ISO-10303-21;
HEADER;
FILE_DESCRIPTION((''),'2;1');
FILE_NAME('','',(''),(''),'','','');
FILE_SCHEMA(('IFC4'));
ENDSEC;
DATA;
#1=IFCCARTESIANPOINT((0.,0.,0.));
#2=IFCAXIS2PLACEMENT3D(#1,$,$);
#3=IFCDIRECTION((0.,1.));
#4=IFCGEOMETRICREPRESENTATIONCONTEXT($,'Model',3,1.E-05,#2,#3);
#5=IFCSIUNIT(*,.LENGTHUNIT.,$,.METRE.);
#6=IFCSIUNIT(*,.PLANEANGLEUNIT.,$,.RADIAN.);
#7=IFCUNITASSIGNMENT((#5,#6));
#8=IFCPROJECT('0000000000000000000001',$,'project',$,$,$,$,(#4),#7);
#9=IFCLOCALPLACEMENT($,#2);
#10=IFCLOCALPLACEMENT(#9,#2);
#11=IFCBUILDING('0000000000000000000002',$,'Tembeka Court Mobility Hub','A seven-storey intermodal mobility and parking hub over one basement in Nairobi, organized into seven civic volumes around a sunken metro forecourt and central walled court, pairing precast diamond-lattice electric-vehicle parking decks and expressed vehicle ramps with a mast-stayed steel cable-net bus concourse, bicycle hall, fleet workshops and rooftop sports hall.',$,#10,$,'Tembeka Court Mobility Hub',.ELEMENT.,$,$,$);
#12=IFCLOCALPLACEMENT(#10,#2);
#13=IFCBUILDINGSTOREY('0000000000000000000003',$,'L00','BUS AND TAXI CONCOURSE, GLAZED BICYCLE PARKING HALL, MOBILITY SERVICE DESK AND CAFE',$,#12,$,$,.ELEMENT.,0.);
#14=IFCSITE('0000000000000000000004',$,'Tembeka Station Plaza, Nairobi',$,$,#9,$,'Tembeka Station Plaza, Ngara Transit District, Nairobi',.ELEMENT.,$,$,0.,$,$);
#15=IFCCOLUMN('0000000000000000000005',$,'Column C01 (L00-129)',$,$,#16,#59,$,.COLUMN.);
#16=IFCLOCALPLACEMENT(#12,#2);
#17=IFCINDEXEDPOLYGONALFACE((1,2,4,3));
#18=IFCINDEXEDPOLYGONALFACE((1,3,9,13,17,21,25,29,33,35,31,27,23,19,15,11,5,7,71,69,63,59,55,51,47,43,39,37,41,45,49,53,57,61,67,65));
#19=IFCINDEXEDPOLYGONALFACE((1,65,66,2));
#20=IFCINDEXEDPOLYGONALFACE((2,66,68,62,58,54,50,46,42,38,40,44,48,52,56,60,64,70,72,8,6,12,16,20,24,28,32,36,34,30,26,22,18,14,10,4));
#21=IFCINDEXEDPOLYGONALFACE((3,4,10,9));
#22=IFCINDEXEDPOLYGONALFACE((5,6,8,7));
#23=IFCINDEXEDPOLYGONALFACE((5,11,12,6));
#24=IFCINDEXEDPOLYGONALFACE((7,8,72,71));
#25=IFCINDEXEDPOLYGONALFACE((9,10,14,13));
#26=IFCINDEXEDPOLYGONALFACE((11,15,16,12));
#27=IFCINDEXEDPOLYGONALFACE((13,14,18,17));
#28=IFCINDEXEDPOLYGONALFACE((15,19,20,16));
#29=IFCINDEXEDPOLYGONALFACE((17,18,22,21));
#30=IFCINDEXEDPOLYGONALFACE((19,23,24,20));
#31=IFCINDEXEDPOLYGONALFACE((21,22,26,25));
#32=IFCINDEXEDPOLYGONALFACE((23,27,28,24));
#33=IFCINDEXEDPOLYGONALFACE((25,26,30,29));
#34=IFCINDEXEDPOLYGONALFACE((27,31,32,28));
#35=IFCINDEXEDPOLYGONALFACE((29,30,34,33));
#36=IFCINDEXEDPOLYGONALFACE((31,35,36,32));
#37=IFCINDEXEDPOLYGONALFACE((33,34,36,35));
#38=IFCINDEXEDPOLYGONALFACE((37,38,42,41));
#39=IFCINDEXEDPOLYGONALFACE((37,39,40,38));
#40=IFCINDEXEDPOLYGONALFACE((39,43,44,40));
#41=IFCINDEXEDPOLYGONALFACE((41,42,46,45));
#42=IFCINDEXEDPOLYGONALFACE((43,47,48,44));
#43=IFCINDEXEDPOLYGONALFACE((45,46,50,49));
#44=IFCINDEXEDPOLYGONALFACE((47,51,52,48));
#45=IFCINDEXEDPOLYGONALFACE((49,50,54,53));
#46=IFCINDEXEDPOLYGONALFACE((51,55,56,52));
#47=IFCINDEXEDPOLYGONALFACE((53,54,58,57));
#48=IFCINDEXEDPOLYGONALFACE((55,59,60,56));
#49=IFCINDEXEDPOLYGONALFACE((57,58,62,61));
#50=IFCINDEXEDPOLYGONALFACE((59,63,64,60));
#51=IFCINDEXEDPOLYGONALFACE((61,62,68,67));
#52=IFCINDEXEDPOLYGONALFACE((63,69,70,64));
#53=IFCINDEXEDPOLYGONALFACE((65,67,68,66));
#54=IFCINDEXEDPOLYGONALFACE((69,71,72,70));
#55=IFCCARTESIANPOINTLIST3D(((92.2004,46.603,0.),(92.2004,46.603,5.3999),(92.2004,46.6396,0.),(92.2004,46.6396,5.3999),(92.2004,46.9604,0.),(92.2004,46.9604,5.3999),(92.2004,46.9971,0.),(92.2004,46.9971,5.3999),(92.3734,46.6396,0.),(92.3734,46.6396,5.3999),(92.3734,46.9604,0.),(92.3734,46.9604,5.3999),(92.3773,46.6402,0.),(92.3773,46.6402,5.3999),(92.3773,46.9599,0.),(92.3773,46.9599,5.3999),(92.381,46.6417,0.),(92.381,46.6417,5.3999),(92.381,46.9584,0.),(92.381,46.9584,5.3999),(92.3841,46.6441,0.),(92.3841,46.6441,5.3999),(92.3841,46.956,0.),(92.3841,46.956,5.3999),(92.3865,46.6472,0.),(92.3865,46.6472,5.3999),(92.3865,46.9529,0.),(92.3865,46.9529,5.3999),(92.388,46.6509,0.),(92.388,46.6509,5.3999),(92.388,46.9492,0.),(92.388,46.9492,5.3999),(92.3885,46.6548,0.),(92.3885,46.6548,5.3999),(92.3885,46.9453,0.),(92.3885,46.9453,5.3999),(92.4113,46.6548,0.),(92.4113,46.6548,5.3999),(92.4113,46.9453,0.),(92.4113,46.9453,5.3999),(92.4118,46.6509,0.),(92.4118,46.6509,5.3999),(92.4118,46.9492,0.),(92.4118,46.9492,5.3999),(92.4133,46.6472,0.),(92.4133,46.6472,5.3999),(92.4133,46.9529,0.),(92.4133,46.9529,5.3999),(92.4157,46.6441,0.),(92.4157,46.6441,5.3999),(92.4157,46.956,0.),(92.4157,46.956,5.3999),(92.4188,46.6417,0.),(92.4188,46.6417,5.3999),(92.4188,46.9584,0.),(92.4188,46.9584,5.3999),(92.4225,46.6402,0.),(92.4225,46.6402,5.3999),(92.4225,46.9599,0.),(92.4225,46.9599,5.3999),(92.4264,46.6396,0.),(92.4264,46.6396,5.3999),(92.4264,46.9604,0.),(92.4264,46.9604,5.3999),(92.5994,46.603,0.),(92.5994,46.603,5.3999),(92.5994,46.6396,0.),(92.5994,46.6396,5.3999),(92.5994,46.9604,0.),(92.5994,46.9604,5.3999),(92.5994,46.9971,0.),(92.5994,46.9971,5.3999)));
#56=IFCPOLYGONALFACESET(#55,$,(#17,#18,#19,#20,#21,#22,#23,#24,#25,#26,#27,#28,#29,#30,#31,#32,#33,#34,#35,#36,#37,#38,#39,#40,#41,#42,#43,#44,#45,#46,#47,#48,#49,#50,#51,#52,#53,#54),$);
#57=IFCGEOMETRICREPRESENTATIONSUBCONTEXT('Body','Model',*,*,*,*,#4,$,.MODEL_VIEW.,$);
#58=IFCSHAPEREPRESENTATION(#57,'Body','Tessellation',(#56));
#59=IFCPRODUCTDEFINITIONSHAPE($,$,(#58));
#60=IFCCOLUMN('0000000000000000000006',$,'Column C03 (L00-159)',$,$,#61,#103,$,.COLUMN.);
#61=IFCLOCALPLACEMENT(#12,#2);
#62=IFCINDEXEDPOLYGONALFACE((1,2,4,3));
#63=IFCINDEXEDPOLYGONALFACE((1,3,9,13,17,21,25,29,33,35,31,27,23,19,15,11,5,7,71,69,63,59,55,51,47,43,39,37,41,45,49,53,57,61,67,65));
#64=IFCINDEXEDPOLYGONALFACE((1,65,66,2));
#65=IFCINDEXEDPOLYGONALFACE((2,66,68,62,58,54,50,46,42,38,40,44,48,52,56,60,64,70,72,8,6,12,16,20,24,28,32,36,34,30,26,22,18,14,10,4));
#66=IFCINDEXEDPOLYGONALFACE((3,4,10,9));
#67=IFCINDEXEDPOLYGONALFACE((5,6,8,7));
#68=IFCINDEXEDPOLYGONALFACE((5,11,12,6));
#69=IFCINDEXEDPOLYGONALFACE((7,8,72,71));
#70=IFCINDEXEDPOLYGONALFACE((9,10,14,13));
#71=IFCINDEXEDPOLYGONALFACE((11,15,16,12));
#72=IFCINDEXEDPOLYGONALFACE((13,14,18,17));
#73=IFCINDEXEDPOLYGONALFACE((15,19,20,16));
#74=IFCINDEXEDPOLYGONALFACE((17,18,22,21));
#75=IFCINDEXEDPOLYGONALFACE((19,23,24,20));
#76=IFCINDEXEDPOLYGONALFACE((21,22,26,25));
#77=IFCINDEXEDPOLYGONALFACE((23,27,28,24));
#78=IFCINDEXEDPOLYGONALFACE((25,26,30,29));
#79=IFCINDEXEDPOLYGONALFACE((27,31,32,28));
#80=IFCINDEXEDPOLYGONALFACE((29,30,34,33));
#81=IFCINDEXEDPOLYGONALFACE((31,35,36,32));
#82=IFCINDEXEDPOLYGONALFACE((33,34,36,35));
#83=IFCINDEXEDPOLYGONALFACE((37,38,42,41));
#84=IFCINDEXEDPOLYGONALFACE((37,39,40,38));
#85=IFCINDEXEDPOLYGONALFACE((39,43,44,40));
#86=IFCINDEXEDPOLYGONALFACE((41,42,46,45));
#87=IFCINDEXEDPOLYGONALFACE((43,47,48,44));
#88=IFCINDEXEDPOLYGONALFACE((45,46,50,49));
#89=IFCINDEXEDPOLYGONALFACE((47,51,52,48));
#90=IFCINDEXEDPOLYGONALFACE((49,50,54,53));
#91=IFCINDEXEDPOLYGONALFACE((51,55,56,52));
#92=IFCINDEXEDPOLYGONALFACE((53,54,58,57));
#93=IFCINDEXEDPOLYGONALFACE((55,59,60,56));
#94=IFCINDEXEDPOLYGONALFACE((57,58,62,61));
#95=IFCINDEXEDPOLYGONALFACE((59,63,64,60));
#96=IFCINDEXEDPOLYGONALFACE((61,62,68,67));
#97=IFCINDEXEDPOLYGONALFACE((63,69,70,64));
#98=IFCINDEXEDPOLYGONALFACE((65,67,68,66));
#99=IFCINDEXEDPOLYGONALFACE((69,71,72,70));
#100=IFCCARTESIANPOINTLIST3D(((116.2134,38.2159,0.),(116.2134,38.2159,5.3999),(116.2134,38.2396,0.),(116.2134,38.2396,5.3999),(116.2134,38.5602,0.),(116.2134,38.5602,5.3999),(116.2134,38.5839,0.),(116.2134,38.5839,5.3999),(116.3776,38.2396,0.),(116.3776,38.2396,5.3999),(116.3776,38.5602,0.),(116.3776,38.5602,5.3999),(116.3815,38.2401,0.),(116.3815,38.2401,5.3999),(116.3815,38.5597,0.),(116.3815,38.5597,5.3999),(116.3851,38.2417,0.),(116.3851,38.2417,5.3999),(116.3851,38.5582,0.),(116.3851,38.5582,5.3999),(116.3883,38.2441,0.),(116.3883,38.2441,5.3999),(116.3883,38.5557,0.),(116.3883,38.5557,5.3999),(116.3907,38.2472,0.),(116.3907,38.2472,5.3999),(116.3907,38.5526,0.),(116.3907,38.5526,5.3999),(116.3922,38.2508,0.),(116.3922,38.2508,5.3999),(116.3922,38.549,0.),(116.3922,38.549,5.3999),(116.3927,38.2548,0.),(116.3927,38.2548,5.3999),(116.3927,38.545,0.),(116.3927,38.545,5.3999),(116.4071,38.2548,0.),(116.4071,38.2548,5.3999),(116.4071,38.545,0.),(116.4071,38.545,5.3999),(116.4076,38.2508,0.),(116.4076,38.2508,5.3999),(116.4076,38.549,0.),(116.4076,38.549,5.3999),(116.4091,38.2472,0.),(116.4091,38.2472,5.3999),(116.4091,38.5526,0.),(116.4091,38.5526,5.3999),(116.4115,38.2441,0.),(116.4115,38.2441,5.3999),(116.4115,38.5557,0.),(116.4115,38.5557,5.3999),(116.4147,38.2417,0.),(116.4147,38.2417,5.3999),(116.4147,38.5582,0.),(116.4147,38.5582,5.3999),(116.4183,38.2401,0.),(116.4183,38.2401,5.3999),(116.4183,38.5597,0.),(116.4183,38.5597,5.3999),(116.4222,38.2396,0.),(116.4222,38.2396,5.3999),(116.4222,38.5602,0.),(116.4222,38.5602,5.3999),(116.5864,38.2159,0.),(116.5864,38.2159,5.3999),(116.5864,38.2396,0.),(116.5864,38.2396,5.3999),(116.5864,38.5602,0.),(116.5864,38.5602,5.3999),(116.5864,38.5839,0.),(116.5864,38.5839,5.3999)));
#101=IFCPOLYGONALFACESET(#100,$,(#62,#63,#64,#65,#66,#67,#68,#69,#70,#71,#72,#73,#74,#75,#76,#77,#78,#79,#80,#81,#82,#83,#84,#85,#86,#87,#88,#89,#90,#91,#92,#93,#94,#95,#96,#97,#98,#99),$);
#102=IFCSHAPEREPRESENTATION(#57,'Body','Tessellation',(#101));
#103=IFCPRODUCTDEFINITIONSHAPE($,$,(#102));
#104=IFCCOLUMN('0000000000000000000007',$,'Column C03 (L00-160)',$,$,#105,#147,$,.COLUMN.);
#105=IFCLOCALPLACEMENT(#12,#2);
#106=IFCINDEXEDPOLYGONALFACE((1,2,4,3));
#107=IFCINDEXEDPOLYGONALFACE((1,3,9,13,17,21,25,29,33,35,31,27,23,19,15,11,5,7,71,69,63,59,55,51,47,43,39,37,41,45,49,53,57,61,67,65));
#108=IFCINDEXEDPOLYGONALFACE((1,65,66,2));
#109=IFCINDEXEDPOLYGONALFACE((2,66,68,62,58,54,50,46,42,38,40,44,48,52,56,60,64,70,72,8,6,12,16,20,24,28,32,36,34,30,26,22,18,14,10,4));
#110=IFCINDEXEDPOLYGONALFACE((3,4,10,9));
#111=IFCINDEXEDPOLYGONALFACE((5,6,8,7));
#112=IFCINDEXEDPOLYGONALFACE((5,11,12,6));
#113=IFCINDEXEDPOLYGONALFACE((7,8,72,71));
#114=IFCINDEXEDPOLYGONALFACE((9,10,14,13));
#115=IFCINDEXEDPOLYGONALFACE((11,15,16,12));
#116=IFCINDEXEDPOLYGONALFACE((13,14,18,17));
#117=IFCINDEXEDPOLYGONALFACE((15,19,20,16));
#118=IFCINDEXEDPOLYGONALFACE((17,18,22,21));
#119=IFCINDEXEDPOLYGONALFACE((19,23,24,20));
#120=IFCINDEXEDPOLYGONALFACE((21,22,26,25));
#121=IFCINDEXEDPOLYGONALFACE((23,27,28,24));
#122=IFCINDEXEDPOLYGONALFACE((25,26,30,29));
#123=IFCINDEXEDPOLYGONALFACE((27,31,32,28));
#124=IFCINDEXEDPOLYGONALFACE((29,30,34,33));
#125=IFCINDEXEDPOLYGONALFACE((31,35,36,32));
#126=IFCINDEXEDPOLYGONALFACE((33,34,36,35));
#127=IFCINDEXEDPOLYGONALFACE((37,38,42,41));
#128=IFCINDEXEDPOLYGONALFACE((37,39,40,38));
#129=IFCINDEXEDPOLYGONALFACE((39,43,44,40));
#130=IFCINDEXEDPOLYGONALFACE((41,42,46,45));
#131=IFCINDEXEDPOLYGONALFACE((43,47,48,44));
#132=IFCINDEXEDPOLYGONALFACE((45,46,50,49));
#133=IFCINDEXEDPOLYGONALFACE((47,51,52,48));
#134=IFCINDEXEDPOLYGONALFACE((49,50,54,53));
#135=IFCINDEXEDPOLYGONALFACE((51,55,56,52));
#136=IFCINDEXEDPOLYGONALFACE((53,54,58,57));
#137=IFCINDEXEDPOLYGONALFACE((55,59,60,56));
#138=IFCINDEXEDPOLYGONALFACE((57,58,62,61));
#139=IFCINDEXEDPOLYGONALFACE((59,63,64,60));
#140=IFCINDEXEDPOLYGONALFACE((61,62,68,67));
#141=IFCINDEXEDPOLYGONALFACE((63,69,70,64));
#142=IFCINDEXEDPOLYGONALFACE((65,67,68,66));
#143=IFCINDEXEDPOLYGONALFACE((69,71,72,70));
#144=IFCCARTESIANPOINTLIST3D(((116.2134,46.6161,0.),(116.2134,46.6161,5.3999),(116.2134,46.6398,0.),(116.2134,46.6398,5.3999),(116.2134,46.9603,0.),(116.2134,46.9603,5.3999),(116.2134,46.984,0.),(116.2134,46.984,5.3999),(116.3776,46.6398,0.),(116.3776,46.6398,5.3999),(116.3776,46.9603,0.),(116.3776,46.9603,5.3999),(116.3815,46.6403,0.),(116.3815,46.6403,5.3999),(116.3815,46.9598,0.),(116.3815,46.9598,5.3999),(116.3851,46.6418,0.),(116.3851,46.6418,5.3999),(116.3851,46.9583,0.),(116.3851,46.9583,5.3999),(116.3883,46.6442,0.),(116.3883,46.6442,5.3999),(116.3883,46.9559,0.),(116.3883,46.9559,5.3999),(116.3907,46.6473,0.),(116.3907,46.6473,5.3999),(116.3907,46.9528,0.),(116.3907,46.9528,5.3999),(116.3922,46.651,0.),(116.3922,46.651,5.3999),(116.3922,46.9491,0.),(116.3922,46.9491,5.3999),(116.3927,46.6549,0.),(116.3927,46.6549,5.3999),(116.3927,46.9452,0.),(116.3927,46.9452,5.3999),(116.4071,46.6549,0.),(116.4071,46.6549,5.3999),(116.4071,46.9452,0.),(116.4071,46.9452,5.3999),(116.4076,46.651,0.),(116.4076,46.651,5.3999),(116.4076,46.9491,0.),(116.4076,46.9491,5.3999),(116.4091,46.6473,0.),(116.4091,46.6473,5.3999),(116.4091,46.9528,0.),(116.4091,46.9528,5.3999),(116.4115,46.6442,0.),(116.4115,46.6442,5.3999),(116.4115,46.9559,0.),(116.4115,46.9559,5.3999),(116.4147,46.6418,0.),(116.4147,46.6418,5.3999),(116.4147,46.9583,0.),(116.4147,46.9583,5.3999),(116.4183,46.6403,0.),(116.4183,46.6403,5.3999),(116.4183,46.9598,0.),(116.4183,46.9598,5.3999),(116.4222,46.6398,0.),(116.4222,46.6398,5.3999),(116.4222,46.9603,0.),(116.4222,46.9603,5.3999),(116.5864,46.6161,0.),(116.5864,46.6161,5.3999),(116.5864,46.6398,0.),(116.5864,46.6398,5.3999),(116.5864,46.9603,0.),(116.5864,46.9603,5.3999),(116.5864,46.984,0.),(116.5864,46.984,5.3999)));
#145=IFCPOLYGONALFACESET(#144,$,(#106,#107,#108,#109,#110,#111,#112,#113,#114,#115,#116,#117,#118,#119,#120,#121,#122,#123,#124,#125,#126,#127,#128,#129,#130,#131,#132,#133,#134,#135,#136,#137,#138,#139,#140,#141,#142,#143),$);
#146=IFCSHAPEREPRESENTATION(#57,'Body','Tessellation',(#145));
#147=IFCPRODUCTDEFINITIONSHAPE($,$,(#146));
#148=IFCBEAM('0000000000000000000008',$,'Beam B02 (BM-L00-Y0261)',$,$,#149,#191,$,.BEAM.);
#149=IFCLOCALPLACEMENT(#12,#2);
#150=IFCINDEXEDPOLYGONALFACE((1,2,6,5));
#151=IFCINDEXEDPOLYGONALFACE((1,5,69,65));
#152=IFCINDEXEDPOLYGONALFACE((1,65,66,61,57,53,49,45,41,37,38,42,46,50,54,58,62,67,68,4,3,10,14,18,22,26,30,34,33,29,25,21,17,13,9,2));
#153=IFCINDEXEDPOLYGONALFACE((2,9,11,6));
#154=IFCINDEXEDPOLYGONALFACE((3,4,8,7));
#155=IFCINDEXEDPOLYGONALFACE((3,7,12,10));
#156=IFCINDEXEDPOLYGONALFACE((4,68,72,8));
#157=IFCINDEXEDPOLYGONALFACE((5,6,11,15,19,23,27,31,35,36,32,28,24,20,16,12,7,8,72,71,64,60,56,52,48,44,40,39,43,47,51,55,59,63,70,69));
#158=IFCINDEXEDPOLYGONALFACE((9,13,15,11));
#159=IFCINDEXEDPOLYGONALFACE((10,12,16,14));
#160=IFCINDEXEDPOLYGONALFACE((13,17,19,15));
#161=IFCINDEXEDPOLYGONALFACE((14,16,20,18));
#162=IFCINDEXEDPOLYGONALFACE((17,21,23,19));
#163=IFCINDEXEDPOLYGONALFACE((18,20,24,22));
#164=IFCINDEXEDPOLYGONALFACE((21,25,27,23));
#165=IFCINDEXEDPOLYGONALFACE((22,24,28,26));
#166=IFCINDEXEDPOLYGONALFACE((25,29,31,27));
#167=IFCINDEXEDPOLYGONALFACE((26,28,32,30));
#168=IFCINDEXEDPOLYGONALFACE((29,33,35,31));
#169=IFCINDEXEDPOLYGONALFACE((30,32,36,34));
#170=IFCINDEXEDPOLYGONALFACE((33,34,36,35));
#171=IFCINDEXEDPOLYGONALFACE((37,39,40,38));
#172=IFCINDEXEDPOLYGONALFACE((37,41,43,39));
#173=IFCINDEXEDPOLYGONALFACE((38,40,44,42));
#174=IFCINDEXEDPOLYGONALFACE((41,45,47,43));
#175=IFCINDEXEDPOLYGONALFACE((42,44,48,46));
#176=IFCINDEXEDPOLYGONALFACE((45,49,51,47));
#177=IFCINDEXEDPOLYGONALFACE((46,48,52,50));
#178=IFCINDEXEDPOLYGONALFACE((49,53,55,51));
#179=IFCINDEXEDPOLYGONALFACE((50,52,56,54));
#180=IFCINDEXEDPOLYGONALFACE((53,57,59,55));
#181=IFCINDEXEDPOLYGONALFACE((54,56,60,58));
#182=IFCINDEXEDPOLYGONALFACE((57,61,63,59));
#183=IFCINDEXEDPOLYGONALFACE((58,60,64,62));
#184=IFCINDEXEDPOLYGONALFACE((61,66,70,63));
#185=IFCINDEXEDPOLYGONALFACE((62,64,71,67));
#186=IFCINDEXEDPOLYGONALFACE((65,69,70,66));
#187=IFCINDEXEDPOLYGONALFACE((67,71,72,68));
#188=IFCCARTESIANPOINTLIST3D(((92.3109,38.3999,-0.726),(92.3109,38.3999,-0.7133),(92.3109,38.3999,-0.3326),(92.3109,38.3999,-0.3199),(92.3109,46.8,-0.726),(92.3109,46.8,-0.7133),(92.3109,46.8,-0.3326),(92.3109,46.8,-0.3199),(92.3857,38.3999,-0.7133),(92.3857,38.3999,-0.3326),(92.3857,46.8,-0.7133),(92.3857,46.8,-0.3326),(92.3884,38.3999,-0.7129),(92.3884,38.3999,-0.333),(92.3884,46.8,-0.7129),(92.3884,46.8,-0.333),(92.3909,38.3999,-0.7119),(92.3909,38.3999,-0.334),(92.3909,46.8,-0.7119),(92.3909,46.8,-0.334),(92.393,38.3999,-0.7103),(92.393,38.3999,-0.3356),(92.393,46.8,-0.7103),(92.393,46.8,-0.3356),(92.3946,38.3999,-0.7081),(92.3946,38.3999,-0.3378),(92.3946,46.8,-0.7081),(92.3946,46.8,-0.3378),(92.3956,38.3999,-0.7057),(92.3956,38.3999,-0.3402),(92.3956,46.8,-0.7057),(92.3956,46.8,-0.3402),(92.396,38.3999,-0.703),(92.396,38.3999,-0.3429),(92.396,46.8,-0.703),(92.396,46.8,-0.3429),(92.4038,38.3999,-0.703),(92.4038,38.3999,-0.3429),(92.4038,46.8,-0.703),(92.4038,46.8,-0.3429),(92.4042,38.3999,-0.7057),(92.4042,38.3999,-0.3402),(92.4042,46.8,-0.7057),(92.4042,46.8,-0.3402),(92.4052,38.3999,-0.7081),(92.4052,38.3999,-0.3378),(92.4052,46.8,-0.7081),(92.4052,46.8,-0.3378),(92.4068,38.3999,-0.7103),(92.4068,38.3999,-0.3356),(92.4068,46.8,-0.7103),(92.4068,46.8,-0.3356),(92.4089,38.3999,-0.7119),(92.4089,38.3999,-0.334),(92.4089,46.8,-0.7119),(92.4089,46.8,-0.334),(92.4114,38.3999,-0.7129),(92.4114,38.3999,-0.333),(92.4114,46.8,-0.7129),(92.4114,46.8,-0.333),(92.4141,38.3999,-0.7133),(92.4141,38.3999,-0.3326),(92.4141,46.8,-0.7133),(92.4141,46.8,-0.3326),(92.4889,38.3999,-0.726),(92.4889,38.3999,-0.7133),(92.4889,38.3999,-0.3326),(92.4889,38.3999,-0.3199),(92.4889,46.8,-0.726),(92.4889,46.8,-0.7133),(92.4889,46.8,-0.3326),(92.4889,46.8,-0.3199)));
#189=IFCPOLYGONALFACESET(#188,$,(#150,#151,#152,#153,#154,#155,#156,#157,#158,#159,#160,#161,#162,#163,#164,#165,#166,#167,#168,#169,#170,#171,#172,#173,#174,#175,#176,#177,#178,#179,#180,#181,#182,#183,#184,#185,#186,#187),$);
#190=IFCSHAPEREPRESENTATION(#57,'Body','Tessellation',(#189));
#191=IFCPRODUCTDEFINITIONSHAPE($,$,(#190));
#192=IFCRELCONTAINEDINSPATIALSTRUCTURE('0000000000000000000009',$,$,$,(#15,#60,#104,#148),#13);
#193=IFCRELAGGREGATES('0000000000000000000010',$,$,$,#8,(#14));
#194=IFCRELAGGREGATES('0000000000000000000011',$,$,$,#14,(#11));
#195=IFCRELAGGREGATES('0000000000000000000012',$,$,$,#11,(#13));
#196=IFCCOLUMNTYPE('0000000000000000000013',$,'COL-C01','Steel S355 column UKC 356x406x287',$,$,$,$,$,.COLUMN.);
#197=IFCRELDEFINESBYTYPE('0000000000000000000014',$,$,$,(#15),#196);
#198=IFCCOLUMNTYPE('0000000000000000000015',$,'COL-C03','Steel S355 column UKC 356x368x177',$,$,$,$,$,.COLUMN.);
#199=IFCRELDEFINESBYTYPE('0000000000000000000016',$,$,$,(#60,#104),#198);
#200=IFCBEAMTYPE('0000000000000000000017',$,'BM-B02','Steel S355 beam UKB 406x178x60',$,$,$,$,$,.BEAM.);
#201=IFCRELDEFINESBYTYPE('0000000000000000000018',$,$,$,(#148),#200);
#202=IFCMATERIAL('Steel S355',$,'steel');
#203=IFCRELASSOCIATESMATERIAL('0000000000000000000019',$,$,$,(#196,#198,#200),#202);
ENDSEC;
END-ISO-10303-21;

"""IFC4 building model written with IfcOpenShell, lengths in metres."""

from ifc_helpers import new_model, si_unit, direction, frame, origin, origin_2d, place, context, subcontext, project, spatial, i_section, extrude, material, material_profile, profile_set, type_object, element, save


model = new_model("IFC4")

# Units and contexts
model_context = context("Model", 3, precision=1e-05, world=origin(), true_north=direction((0.0, 1.0)))
body_context = subcontext(model_context, "Body", "Model", "MODEL_VIEW")
ifc_project = project(units=[si_unit("LENGTHUNIT", "METRE"), si_unit("PLANEANGLEUNIT", "RADIAN")], contexts=[model_context])

# Site, building, storey
site_placement = place(None, origin())
site = spatial("IfcSite", under=ifc_project, at=site_placement, Name="Tembeka Station Plaza, Nairobi", LongName="Tembeka Station Plaza, Ngara Transit District, Nairobi", CompositionType="ELEMENT", RefElevation=0.0)
building_placement = place(site_placement, origin())
building = spatial("IfcBuilding", under=site, at=building_placement, Name="Tembeka Court Mobility Hub", Description="A seven-storey intermodal mobility and parking hub over one basement in Nairobi, organized into seven civic volumes around a sunken metro forecourt and central walled court, pairing precast diamond-lattice electric-vehicle parking decks and expressed vehicle ramps with a mast-stayed steel cable-net bus concourse, bicycle hall, fleet workshops and rooftop sports hall.", LongName="Tembeka Court Mobility Hub", CompositionType="ELEMENT")
storey_placement = place(building_placement, origin())
storey = spatial("IfcBuildingStorey", under=building, at=storey_placement, Name="L00", Description="BUS AND TAXI CONCOURSE, GLAZED BICYCLE PARKING HALL, MOBILITY SERVICE DESK AND CAFE", CompositionType="ELEMENT", Elevation=0.0)

# Columns
ifc_material_1 = material(Name="Steel S355", Category="steel")
ifc_material_profile_1 = material_profile(ifc_material_1, i_section(OverallWidth=0.3989, OverallDepth=0.394, WebThickness=0.0227, FlangeThickness=0.0366, FilletRadius=0.0151, at=origin_2d()), Name="UKC 356x406x287")
ifc_profile_set_1 = profile_set([ifc_material_profile_1], Name="Steel S355")
column_type_1 = type_object("IfcColumnType", Name="COL-C01", Description="Steel S355 column UKC 356x406x287", PredefinedType="COLUMN", material=ifc_profile_set_1)
column_placement = place(storey_placement, frame((92.3999, 46.8, 0.0), z_axis=(0.0, 0.0, 1.0), x_axis=(1.0, 0.0, 0.0)))
element("IfcColumn", 1, at=column_placement, inside=storey, type_object=column_type_1, Name="Column C01 (L00-129)", PredefinedType="COLUMN", context=body_context, shape_type="SweptSolid", body=[
    extrude(i_section(OverallWidth=0.3989, OverallDepth=0.394, WebThickness=0.0227, FlangeThickness=0.0366, FilletRadius=0.0151, at=origin_2d()), origin(), (0.0, 0.0, 1.0), 5.3999),
])
ifc_material_profile_2 = material_profile(ifc_material_1, i_section(OverallWidth=0.373, OverallDepth=0.3679, WebThickness=0.0144, FlangeThickness=0.0237, FilletRadius=0.0151, at=origin_2d()), Name="UKC 356x368x177")
ifc_profile_set_2 = profile_set([ifc_material_profile_2], Name="Steel S355")
column_type_2 = type_object("IfcColumnType", Name="COL-C03", Description="Steel S355 column UKC 356x368x177", PredefinedType="COLUMN", material=ifc_profile_set_2)
for number, where, z_axis, x_axis, name in (
    (2, (116.3999, 38.3999, 0.0), (0.0, 0.0, 1.0), (1.0, 0.0, 0.0), "Column C03 (L00-159)"),
    (3, (116.3999, 46.8, 0.0), (0.0, 0.0, 1.0), (1.0, 0.0, 0.0), "Column C03 (L00-160)"),
):
    element("IfcColumn", number, at=place(storey_placement, frame(where, z_axis=z_axis, x_axis=x_axis)), inside=storey, type_object=column_type_2, Name=name, PredefinedType="COLUMN", context=body_context, shape_type="SweptSolid", body=[
        extrude(i_section(OverallWidth=0.373, OverallDepth=0.3679, WebThickness=0.0144, FlangeThickness=0.0237, FilletRadius=0.0151, at=origin_2d()), origin(), (0.0, 0.0, 1.0), 5.3999),
    ])

# Beam
ifc_material_profile_3 = material_profile(ifc_material_1, i_section(OverallWidth=0.178, OverallDepth=0.406, WebThickness=0.0078, FlangeThickness=0.0127, FilletRadius=0.0103, at=origin_2d()), Name="UKB 406x178x60")
ifc_profile_set_3 = profile_set([ifc_material_profile_3], Name="Steel S355")
beam_type_1 = type_object("IfcBeamType", Name="BM-B02", Description="Steel S355 beam UKB 406x178x60", PredefinedType="BEAM", material=ifc_profile_set_3)
beam_1_placement = place(storey_placement, frame((92.3999, 38.3999, -0.5229), z_axis=(0.0, 1.0, 0.0), x_axis=(-1.0, 0.0, 0.0)))
element("IfcBeam", 4, at=beam_1_placement, inside=storey, type_object=beam_type_1, Name="Beam B02 (BM-L00-Y0261)", PredefinedType="BEAM", context=body_context, shape_type="SweptSolid", body=[
    extrude(i_section(OverallWidth=0.178, OverallDepth=0.406, WebThickness=0.0078, FlangeThickness=0.0127, FilletRadius=0.0103, at=origin_2d()), origin(), (0.0, 0.0, 1.0), 8.4001),
])

save(model, "model.ifc")
